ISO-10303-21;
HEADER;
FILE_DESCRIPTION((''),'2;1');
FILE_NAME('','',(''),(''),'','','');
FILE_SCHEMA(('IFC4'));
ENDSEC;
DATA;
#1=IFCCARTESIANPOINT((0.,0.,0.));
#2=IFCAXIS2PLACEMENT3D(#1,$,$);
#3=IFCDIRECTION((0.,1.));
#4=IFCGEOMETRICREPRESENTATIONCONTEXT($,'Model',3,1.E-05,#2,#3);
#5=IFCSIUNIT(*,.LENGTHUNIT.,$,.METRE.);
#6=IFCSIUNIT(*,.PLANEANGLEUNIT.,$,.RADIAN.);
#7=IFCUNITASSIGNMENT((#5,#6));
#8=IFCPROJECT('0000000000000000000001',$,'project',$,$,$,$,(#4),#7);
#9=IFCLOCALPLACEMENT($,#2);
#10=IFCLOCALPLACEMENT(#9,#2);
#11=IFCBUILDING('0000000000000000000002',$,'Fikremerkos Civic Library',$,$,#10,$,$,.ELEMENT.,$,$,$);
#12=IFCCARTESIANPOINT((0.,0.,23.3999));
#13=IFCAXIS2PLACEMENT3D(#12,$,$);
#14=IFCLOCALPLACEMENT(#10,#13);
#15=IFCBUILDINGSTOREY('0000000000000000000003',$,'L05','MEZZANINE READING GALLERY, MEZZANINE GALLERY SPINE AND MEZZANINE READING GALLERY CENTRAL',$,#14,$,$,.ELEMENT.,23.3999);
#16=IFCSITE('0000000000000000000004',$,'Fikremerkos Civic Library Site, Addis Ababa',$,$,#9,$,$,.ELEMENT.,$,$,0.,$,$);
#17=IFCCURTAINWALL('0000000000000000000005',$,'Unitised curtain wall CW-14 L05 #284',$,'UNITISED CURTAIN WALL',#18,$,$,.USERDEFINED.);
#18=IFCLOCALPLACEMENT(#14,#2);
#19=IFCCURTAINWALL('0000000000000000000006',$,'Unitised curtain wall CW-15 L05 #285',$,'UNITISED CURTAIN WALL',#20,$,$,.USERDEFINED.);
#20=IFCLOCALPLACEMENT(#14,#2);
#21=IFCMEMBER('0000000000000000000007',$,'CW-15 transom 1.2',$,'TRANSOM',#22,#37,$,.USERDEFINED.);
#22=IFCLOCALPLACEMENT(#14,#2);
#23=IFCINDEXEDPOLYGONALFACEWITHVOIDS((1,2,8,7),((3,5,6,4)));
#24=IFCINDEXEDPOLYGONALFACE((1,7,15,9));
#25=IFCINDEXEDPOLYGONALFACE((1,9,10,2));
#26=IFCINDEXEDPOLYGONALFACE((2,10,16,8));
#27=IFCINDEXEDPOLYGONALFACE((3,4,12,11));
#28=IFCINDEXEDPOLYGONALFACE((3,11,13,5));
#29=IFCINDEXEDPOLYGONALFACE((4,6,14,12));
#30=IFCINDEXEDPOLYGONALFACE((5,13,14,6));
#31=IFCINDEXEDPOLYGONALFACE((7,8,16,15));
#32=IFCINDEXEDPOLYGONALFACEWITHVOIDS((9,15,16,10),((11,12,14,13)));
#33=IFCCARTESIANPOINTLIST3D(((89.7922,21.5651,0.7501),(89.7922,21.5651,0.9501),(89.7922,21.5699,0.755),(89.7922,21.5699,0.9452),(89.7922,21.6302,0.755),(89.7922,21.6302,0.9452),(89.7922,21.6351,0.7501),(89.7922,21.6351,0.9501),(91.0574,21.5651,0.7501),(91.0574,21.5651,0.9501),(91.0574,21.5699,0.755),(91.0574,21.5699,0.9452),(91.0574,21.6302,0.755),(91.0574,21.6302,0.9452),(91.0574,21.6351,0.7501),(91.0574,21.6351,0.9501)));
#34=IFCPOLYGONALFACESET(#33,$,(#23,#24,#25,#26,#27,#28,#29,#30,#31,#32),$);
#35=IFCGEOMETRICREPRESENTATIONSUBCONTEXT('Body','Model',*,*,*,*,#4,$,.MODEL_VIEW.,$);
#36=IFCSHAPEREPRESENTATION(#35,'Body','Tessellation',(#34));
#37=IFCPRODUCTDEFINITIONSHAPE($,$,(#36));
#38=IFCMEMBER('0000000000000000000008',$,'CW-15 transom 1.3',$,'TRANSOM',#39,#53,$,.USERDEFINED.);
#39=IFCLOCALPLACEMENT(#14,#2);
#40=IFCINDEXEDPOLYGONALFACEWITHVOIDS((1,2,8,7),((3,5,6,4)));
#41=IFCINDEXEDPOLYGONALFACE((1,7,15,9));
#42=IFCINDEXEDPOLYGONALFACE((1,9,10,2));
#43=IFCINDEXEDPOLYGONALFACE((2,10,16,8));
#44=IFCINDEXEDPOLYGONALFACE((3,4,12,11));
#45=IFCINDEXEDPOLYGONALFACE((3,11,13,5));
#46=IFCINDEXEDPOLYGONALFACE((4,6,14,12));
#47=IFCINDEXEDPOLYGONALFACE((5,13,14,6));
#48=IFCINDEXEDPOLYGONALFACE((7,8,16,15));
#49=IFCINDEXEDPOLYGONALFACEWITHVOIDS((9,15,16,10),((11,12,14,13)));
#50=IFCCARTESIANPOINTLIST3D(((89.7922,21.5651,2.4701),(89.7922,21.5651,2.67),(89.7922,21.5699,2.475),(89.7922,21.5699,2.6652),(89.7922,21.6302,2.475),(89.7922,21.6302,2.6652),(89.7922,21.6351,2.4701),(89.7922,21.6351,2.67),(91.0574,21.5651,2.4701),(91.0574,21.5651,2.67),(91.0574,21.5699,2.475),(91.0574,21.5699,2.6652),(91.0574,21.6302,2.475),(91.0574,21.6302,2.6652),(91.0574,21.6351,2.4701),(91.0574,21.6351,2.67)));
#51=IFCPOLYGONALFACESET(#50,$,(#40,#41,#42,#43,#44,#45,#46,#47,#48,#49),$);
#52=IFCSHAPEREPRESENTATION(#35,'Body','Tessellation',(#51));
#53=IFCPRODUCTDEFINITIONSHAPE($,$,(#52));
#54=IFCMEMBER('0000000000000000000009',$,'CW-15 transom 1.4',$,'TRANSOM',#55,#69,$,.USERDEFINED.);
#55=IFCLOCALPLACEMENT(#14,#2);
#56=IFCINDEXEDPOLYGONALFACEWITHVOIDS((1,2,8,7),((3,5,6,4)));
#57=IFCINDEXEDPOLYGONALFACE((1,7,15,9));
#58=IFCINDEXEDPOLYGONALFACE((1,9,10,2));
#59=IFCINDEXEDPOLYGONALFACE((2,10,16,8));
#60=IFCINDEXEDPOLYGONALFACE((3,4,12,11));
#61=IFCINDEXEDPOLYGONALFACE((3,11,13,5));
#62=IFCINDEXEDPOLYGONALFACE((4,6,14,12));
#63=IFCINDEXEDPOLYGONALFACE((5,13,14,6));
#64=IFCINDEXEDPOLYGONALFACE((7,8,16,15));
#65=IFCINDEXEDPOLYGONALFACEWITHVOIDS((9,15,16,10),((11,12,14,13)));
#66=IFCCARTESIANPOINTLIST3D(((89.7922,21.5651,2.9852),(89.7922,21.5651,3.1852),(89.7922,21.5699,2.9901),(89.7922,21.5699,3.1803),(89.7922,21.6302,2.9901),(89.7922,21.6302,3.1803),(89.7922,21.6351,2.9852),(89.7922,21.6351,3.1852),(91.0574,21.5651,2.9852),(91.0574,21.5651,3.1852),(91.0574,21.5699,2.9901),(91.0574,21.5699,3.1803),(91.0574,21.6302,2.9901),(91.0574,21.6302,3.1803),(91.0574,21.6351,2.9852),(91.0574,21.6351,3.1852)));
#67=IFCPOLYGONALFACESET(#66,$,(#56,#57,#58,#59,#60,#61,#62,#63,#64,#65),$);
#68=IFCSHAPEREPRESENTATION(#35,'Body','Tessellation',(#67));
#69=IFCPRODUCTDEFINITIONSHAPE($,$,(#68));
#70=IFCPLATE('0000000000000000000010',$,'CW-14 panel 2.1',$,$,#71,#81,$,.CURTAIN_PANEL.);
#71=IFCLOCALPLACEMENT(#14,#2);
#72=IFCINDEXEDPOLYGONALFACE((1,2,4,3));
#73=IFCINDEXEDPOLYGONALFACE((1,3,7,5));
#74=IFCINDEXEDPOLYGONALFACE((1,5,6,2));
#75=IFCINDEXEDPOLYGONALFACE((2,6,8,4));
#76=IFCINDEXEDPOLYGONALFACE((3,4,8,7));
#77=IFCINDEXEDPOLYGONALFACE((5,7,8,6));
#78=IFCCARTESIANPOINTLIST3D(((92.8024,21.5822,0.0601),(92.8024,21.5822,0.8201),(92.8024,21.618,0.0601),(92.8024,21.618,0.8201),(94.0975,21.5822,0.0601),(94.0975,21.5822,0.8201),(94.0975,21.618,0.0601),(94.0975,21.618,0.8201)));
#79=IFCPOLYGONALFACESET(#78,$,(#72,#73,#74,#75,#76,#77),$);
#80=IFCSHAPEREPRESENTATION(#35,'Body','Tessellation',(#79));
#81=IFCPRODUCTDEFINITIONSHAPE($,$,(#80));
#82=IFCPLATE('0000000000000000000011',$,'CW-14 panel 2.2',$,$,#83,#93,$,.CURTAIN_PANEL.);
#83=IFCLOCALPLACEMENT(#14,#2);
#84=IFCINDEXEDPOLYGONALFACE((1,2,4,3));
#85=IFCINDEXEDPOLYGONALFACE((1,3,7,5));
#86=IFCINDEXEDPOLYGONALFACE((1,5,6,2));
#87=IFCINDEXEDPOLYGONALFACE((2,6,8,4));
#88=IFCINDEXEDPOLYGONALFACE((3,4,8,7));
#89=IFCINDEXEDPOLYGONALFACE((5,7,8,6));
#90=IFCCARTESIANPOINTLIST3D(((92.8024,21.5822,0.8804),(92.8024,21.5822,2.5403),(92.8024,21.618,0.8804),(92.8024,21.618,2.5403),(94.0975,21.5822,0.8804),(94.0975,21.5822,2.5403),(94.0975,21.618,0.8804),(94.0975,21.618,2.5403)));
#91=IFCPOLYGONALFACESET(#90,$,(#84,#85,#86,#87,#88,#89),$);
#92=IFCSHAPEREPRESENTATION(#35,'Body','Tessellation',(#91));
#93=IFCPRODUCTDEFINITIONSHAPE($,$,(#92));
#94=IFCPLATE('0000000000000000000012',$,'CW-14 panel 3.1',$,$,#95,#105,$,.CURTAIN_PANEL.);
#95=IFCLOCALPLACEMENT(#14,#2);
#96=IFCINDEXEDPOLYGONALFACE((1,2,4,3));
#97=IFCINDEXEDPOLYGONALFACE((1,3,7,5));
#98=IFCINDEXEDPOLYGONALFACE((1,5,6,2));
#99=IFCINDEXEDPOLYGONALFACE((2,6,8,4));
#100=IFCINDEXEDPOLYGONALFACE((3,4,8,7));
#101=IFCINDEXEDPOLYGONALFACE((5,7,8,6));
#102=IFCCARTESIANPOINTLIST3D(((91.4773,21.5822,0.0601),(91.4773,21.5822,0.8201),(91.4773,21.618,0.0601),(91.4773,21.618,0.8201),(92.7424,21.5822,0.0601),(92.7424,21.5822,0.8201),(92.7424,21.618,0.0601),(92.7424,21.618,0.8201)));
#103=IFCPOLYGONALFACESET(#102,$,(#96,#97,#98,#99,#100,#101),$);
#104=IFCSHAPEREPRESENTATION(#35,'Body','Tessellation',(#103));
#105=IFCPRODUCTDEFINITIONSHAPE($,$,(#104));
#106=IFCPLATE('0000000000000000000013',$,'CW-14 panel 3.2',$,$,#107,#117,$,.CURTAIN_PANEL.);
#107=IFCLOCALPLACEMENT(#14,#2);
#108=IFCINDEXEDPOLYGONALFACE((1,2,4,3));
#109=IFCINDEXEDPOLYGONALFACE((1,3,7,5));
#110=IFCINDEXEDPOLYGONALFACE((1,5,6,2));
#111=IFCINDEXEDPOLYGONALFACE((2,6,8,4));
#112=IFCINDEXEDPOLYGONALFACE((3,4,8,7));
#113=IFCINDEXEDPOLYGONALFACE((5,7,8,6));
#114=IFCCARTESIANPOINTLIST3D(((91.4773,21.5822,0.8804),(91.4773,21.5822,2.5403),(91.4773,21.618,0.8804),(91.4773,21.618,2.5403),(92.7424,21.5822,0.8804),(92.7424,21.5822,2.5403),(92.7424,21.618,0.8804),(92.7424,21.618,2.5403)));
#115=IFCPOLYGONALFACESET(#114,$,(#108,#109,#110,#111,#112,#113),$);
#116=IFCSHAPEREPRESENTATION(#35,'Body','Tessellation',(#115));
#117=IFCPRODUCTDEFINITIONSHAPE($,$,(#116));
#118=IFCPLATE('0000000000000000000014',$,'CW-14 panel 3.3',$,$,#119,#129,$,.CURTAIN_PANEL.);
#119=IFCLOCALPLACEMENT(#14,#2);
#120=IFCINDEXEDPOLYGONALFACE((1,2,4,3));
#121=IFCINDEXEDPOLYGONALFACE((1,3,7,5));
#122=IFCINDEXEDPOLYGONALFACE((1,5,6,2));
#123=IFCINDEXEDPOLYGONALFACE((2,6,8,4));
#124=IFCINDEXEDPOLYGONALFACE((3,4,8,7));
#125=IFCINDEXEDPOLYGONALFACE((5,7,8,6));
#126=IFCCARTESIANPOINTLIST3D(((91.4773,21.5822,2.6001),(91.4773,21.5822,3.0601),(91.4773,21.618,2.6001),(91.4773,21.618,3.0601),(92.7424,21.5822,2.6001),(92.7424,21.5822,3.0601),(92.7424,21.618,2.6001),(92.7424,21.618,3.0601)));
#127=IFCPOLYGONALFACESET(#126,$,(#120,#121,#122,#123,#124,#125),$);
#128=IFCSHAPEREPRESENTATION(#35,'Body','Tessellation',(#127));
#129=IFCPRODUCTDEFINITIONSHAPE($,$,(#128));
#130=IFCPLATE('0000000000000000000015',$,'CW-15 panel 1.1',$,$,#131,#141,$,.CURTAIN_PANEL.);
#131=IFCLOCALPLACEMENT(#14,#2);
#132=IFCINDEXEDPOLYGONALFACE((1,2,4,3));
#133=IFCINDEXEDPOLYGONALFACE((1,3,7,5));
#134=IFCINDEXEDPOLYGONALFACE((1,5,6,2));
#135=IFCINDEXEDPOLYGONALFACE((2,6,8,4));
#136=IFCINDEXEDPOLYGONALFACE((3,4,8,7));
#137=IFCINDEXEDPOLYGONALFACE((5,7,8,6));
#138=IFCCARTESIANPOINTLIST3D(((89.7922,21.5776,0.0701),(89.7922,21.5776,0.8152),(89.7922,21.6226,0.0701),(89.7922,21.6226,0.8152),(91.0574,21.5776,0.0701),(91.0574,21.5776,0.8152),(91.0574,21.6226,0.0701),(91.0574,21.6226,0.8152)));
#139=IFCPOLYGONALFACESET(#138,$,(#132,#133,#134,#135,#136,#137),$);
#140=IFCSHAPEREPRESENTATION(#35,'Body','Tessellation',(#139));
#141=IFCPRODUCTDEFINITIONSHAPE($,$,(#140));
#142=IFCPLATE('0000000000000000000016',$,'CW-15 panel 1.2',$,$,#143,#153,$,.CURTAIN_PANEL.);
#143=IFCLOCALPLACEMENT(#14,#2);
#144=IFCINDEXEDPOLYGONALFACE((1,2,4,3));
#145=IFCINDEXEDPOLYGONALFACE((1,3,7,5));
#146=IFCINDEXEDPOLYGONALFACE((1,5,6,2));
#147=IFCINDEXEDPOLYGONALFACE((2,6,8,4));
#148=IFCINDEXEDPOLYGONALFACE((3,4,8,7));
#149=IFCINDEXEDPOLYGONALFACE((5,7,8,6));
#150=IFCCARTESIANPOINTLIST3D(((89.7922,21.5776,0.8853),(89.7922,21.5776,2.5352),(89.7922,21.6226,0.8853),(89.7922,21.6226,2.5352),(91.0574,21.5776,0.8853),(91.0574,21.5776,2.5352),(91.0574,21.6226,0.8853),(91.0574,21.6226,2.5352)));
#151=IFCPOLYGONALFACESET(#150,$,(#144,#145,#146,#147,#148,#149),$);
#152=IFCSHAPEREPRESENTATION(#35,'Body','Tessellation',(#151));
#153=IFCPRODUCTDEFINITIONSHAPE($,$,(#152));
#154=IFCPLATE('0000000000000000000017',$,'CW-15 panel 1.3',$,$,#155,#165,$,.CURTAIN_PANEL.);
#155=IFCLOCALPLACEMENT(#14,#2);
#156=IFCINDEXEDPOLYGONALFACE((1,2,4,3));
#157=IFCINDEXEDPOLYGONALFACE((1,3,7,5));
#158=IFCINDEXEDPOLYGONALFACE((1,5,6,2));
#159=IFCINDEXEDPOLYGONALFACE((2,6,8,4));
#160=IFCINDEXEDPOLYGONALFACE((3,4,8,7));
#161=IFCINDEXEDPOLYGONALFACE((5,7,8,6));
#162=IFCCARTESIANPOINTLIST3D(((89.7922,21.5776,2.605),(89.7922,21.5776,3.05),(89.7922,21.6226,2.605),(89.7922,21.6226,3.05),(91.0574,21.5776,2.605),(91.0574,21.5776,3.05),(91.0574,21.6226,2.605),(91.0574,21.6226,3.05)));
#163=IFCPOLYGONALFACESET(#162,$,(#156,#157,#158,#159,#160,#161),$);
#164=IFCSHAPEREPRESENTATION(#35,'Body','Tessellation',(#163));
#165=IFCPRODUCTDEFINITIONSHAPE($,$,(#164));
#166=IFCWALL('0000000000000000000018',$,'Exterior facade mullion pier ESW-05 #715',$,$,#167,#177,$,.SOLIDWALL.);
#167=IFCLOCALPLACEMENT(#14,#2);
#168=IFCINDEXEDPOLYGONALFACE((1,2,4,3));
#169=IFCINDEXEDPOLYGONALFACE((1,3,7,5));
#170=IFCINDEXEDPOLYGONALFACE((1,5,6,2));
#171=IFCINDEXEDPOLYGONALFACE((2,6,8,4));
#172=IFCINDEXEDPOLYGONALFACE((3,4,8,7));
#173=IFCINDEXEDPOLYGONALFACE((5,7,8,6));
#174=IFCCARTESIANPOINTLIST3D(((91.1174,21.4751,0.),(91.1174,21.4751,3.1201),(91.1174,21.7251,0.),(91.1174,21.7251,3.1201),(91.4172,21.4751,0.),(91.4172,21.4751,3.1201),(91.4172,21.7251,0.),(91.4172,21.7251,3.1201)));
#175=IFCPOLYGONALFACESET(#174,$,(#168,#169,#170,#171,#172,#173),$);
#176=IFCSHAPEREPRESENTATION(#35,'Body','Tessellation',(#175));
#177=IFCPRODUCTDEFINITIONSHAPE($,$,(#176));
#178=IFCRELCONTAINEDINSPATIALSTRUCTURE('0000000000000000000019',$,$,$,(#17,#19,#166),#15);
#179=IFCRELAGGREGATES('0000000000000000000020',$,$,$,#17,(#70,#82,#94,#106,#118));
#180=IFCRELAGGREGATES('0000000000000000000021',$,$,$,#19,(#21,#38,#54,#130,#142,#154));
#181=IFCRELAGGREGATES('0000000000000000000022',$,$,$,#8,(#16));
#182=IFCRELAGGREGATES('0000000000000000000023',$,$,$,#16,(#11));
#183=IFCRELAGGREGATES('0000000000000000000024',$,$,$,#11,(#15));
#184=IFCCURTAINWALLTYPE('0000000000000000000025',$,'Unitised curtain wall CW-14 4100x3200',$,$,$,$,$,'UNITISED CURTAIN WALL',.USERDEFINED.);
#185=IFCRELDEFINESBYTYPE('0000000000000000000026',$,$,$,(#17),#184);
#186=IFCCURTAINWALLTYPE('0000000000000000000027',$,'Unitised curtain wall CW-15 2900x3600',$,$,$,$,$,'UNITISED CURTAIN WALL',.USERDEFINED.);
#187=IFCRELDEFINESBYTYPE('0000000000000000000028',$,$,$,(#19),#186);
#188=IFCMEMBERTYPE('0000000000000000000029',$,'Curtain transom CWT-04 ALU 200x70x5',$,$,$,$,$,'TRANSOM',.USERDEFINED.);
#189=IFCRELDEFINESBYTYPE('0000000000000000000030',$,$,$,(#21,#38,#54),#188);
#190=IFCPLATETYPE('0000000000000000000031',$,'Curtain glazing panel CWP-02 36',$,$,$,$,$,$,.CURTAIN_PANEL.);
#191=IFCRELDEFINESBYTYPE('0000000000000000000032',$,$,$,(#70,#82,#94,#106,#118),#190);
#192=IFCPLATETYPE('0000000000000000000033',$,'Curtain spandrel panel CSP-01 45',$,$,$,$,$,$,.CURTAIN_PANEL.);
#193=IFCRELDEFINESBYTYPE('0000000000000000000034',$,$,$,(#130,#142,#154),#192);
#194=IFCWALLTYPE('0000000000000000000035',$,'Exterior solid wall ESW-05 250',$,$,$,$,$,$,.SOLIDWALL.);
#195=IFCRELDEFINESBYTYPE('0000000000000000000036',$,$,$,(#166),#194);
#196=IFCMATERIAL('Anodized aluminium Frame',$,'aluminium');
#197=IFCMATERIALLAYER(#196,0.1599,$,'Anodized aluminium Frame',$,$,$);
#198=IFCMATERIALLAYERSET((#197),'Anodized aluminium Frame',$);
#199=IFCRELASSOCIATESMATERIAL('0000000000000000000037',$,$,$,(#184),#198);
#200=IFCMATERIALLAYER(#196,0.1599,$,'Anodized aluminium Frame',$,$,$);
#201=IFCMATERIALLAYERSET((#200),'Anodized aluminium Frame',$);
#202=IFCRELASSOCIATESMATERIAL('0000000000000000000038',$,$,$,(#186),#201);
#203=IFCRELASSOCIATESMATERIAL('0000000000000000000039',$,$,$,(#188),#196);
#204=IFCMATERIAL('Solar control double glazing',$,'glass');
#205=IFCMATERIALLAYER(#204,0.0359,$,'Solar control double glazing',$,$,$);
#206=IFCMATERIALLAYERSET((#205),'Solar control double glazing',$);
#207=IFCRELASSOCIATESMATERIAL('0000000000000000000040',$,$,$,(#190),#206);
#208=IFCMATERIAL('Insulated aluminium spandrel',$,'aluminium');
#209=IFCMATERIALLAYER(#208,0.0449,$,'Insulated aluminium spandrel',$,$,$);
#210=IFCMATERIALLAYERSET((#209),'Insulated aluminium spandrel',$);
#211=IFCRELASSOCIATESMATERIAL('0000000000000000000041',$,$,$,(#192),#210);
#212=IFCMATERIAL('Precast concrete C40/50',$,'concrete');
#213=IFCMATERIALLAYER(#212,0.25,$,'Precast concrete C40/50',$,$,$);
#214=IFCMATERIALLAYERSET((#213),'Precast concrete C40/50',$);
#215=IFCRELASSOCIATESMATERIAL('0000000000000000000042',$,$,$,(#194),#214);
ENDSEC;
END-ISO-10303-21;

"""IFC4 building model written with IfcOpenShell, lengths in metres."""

from ifc_helpers import new_model, si_unit, direction, frame, frame_2d, origin, origin_2d, place, context, subcontext, project, spatial, rectangle, hollow_rectangle, extrude, material, layer, layer_set, material_profile, profile_set, type_object, element, aggregate, save


model = new_model("IFC4")

# Units and contexts
model_context = context("Model", 3, precision=1e-05, world=origin(), true_north=direction((0.0, 1.0)))
body_context = subcontext(model_context, "Body", "Model", "MODEL_VIEW")
ifc_project = project(units=[si_unit("LENGTHUNIT", "METRE"), si_unit("PLANEANGLEUNIT", "RADIAN")], contexts=[model_context])

# Site, building, storey
site_placement = place(None, origin())
site = spatial("IfcSite", under=ifc_project, at=site_placement, Name="Fikremerkos Civic Library Site, Addis Ababa", CompositionType="ELEMENT", RefElevation=0.0)
building_placement = place(site_placement, origin())
building = spatial("IfcBuilding", under=site, at=building_placement, Name="Fikremerkos Civic Library", CompositionType="ELEMENT")
storey_placement = place(building_placement, frame((0.0, 0.0, 23.3999)))
storey = spatial("IfcBuildingStorey", under=building, at=storey_placement, Name="L05", Description="MEZZANINE READING GALLERY, MEZZANINE GALLERY SPINE AND MEZZANINE READING GALLERY CENTRAL", CompositionType="ELEMENT", Elevation=23.3999)

# Curtain wall
ifc_material_1 = material(Name="Anodized aluminium Frame", Category="aluminium")
ifc_layer_1 = layer(ifc_material_1, 0.1599, Name="Anodized aluminium Frame")
ifc_layer_set_1 = layer_set([ifc_layer_1], Name="Anodized aluminium Frame")
curtain_wall_type_1 = type_object("IfcCurtainWallType", Name="Unitised curtain wall CW-14 4100x3200", ElementType="UNITISED CURTAIN WALL", PredefinedType="USERDEFINED", material=ifc_layer_set_1)
curtain_wall_1_placement = place(storey_placement, origin())
curtain_wall_1 = element("IfcCurtainWall", 1, at=curtain_wall_1_placement, inside=storey, type_object=curtain_wall_type_1, Name="Unitised curtain wall CW-14 L05 #284", ObjectType="UNITISED CURTAIN WALL", PredefinedType="USERDEFINED")

# Curtain wall
ifc_layer_2 = layer(ifc_material_1, 0.1599, Name="Anodized aluminium Frame")
ifc_layer_set_2 = layer_set([ifc_layer_2], Name="Anodized aluminium Frame")
curtain_wall_type_2 = type_object("IfcCurtainWallType", Name="Unitised curtain wall CW-15 2900x3600", ElementType="UNITISED CURTAIN WALL", PredefinedType="USERDEFINED", material=ifc_layer_set_2)
curtain_wall_2_placement = place(storey_placement, origin())
curtain_wall_2 = element("IfcCurtainWall", 2, at=curtain_wall_2_placement, inside=storey, type_object=curtain_wall_type_2, Name="Unitised curtain wall CW-15 L05 #285", ObjectType="UNITISED CURTAIN WALL", PredefinedType="USERDEFINED")

# Members
ifc_material_profile_1 = material_profile(ifc_material_1, hollow_rectangle(XDim=0.0701, YDim=0.2, WallThickness=0.0049, at=origin_2d()), Name="ALU 200x70x5")
ifc_profile_set_1 = profile_set([ifc_material_profile_1], Name="Anodized aluminium Frame")
member_type_1 = type_object("IfcMemberType", Name="Curtain transom CWT-04 ALU 200x70x5", ElementType="TRANSOM", PredefinedType="USERDEFINED", material=ifc_profile_set_1)
member_1_placement = place(storey_placement, frame((91.0574, 21.6001, 0.8501), z_axis=(-1.0, 0.0, 0.0), x_axis=(0.0, -1.0, 0.0)))
member_1 = element("IfcMember", 3, at=member_1_placement, type_object=member_type_1, Name="CW-15 transom 1.2", ObjectType="TRANSOM", PredefinedType="USERDEFINED", context=body_context, shape_type="SweptSolid", body=[
    extrude(hollow_rectangle(XDim=0.0701, YDim=0.2, WallThickness=0.0049, at=origin_2d()), origin(), (0.0, 0.0, 1.0), 1.2651),
])
member_2_placement = place(storey_placement, frame((91.0574, 21.6001, 2.5701), z_axis=(-1.0, 0.0, 0.0), x_axis=(0.0, -1.0, 0.0)))
member_2 = element("IfcMember", 4, at=member_2_placement, type_object=member_type_1, Name="CW-15 transom 1.3", ObjectType="TRANSOM", PredefinedType="USERDEFINED", context=body_context, shape_type="SweptSolid", body=[
    extrude(hollow_rectangle(XDim=0.0701, YDim=0.2, WallThickness=0.0049, at=origin_2d()), origin(), (0.0, 0.0, 1.0), 1.2651),
])
member_3_placement = place(storey_placement, frame((91.0574, 21.6001, 3.0852), z_axis=(-1.0, 0.0, 0.0), x_axis=(0.0, -1.0, 0.0)))
member_3 = element("IfcMember", 5, at=member_3_placement, type_object=member_type_1, Name="CW-15 transom 1.4", ObjectType="TRANSOM", PredefinedType="USERDEFINED", context=body_context, shape_type="SweptSolid", body=[
    extrude(hollow_rectangle(XDim=0.0701, YDim=0.2, WallThickness=0.0049, at=origin_2d()), origin(), (0.0, 0.0, 1.0), 1.2651),
])

# Plates
ifc_material_2 = material(Name="Solar control double glazing", Category="glass")
ifc_layer_3 = layer(ifc_material_2, 0.0359, Name="Solar control double glazing")
ifc_layer_set_3 = layer_set([ifc_layer_3], Name="Solar control double glazing")
plate_type_1 = type_object("IfcPlateType", Name="Curtain glazing panel CWP-02 36", PredefinedType="CURTAIN_PANEL", material=ifc_layer_set_3)
plate_1_placement = place(storey_placement, frame((93.45, 21.6001, 0.0601), z_axis=(0.0, 0.0, 1.0), x_axis=(-1.0, 0.0, 0.0)))
plate_1 = element("IfcPlate", 6, at=plate_1_placement, type_object=plate_type_1, Name="CW-14 panel 2.1", PredefinedType="CURTAIN_PANEL", context=body_context, shape_type="SweptSolid", body=[
    extrude(rectangle(XDim=1.2952, YDim=0.0359, at=origin_2d()), origin(), (0.0, 0.0, 1.0), 0.76),
])
plate_2_placement = place(storey_placement, frame((93.45, 21.6001, 0.8804), z_axis=(0.0, 0.0, 1.0), x_axis=(-1.0, 0.0, 0.0)))
plate_2 = element("IfcPlate", 7, at=plate_2_placement, type_object=plate_type_1, Name="CW-14 panel 2.2", PredefinedType="CURTAIN_PANEL", context=body_context, shape_type="SweptSolid", body=[
    extrude(rectangle(XDim=1.2952, YDim=0.0359, at=origin_2d()), origin(), (0.0, 0.0, 1.0), 1.6599),
])
plate_3_placement = place(storey_placement, frame((92.1099, 21.6001, 0.0601), z_axis=(0.0, 0.0, 1.0), x_axis=(-1.0, 0.0, 0.0)))
plate_3 = element("IfcPlate", 8, at=plate_3_placement, type_object=plate_type_1, Name="CW-14 panel 3.1", PredefinedType="CURTAIN_PANEL", context=body_context, shape_type="SweptSolid", body=[
    extrude(rectangle(XDim=1.2651, YDim=0.0359, at=origin_2d()), origin(), (0.0, 0.0, 1.0), 0.76),
])
plate_4_placement = place(storey_placement, frame((92.1099, 21.6001, 0.8804), z_axis=(0.0, 0.0, 1.0), x_axis=(-1.0, 0.0, 0.0)))
plate_4 = element("IfcPlate", 9, at=plate_4_placement, type_object=plate_type_1, Name="CW-14 panel 3.2", PredefinedType="CURTAIN_PANEL", context=body_context, shape_type="SweptSolid", body=[
    extrude(rectangle(XDim=1.2651, YDim=0.0359, at=origin_2d()), origin(), (0.0, 0.0, 1.0), 1.6599),
])
plate_5_placement = place(storey_placement, frame((92.1099, 21.6001, 2.6001), z_axis=(0.0, 0.0, 1.0), x_axis=(-1.0, 0.0, 0.0)))
plate_5 = element("IfcPlate", 10, at=plate_5_placement, type_object=plate_type_1, Name="CW-14 panel 3.3", PredefinedType="CURTAIN_PANEL", context=body_context, shape_type="SweptSolid", body=[
    extrude(rectangle(XDim=1.2651, YDim=0.0359, at=origin_2d()), origin(), (0.0, 0.0, 1.0), 0.46),
])
aggregate(curtain_wall_1, [plate_1, plate_2, plate_3, plate_4, plate_5])
ifc_material_3 = material(Name="Insulated aluminium spandrel", Category="aluminium")
ifc_layer_4 = layer(ifc_material_3, 0.0449, Name="Insulated aluminium spandrel")
ifc_layer_set_4 = layer_set([ifc_layer_4], Name="Insulated aluminium spandrel")
plate_type_2 = type_object("IfcPlateType", Name="Curtain spandrel panel CSP-01 45", PredefinedType="CURTAIN_PANEL", material=ifc_layer_set_4)
plate_6_placement = place(storey_placement, frame((90.4248, 21.6001, 0.0701), z_axis=(0.0, 0.0, 1.0), x_axis=(-1.0, 0.0, 0.0)))
plate_6 = element("IfcPlate", 11, at=plate_6_placement, type_object=plate_type_2, Name="CW-15 panel 1.1", PredefinedType="CURTAIN_PANEL", context=body_context, shape_type="SweptSolid", body=[
    extrude(rectangle(XDim=1.2651, YDim=0.0449, at=origin_2d()), origin(), (0.0, 0.0, 1.0), 0.7451),
])
plate_7_placement = place(storey_placement, frame((90.4248, 21.6001, 0.8853), z_axis=(0.0, 0.0, 1.0), x_axis=(-1.0, 0.0, 0.0)))
plate_7 = element("IfcPlate", 12, at=plate_7_placement, type_object=plate_type_2, Name="CW-15 panel 1.2", PredefinedType="CURTAIN_PANEL", context=body_context, shape_type="SweptSolid", body=[
    extrude(rectangle(XDim=1.2651, YDim=0.0449, at=origin_2d()), origin(), (0.0, 0.0, 1.0), 1.6499),
])
plate_8_placement = place(storey_placement, frame((90.4248, 21.6001, 2.605), z_axis=(0.0, 0.0, 1.0), x_axis=(-1.0, 0.0, 0.0)))
plate_8 = element("IfcPlate", 13, at=plate_8_placement, type_object=plate_type_2, Name="CW-15 panel 1.3", PredefinedType="CURTAIN_PANEL", context=body_context, shape_type="SweptSolid", body=[
    extrude(rectangle(XDim=1.2651, YDim=0.0449, at=origin_2d()), origin(), (0.0, 0.0, 1.0), 0.4451),
])
aggregate(curtain_wall_2, [member_1, member_2, member_3, plate_6, plate_7, plate_8])

# Wall
ifc_material_4 = material(Name="Precast concrete C40/50", Category="concrete")
ifc_layer_5 = layer(ifc_material_4, 0.25, Name="Precast concrete C40/50")
ifc_layer_set_5 = layer_set([ifc_layer_5], Name="Precast concrete C40/50")
wall_type = type_object("IfcWallType", Name="Exterior solid wall ESW-05 250", PredefinedType="SOLIDWALL", material=ifc_layer_set_5)
wall_placement = place(storey_placement, frame((91.4172, 21.6001, 0.0), z_axis=(0.0, 0.0, 1.0), x_axis=(-1.0, 0.0, 0.0)))
element("IfcWall", 14, at=wall_placement, inside=storey, type_object=wall_type, Name="Exterior facade mullion pier ESW-05 #715", PredefinedType="SOLIDWALL", context=body_context, shape_type="SweptSolid", body=[
    extrude(rectangle(XDim=0.2998, YDim=0.25, at=frame_2d((0.1499, 0.0))), origin(), (0.0, 0.0, 1.0), 3.1201),
])

save(model, "model.ifc")
